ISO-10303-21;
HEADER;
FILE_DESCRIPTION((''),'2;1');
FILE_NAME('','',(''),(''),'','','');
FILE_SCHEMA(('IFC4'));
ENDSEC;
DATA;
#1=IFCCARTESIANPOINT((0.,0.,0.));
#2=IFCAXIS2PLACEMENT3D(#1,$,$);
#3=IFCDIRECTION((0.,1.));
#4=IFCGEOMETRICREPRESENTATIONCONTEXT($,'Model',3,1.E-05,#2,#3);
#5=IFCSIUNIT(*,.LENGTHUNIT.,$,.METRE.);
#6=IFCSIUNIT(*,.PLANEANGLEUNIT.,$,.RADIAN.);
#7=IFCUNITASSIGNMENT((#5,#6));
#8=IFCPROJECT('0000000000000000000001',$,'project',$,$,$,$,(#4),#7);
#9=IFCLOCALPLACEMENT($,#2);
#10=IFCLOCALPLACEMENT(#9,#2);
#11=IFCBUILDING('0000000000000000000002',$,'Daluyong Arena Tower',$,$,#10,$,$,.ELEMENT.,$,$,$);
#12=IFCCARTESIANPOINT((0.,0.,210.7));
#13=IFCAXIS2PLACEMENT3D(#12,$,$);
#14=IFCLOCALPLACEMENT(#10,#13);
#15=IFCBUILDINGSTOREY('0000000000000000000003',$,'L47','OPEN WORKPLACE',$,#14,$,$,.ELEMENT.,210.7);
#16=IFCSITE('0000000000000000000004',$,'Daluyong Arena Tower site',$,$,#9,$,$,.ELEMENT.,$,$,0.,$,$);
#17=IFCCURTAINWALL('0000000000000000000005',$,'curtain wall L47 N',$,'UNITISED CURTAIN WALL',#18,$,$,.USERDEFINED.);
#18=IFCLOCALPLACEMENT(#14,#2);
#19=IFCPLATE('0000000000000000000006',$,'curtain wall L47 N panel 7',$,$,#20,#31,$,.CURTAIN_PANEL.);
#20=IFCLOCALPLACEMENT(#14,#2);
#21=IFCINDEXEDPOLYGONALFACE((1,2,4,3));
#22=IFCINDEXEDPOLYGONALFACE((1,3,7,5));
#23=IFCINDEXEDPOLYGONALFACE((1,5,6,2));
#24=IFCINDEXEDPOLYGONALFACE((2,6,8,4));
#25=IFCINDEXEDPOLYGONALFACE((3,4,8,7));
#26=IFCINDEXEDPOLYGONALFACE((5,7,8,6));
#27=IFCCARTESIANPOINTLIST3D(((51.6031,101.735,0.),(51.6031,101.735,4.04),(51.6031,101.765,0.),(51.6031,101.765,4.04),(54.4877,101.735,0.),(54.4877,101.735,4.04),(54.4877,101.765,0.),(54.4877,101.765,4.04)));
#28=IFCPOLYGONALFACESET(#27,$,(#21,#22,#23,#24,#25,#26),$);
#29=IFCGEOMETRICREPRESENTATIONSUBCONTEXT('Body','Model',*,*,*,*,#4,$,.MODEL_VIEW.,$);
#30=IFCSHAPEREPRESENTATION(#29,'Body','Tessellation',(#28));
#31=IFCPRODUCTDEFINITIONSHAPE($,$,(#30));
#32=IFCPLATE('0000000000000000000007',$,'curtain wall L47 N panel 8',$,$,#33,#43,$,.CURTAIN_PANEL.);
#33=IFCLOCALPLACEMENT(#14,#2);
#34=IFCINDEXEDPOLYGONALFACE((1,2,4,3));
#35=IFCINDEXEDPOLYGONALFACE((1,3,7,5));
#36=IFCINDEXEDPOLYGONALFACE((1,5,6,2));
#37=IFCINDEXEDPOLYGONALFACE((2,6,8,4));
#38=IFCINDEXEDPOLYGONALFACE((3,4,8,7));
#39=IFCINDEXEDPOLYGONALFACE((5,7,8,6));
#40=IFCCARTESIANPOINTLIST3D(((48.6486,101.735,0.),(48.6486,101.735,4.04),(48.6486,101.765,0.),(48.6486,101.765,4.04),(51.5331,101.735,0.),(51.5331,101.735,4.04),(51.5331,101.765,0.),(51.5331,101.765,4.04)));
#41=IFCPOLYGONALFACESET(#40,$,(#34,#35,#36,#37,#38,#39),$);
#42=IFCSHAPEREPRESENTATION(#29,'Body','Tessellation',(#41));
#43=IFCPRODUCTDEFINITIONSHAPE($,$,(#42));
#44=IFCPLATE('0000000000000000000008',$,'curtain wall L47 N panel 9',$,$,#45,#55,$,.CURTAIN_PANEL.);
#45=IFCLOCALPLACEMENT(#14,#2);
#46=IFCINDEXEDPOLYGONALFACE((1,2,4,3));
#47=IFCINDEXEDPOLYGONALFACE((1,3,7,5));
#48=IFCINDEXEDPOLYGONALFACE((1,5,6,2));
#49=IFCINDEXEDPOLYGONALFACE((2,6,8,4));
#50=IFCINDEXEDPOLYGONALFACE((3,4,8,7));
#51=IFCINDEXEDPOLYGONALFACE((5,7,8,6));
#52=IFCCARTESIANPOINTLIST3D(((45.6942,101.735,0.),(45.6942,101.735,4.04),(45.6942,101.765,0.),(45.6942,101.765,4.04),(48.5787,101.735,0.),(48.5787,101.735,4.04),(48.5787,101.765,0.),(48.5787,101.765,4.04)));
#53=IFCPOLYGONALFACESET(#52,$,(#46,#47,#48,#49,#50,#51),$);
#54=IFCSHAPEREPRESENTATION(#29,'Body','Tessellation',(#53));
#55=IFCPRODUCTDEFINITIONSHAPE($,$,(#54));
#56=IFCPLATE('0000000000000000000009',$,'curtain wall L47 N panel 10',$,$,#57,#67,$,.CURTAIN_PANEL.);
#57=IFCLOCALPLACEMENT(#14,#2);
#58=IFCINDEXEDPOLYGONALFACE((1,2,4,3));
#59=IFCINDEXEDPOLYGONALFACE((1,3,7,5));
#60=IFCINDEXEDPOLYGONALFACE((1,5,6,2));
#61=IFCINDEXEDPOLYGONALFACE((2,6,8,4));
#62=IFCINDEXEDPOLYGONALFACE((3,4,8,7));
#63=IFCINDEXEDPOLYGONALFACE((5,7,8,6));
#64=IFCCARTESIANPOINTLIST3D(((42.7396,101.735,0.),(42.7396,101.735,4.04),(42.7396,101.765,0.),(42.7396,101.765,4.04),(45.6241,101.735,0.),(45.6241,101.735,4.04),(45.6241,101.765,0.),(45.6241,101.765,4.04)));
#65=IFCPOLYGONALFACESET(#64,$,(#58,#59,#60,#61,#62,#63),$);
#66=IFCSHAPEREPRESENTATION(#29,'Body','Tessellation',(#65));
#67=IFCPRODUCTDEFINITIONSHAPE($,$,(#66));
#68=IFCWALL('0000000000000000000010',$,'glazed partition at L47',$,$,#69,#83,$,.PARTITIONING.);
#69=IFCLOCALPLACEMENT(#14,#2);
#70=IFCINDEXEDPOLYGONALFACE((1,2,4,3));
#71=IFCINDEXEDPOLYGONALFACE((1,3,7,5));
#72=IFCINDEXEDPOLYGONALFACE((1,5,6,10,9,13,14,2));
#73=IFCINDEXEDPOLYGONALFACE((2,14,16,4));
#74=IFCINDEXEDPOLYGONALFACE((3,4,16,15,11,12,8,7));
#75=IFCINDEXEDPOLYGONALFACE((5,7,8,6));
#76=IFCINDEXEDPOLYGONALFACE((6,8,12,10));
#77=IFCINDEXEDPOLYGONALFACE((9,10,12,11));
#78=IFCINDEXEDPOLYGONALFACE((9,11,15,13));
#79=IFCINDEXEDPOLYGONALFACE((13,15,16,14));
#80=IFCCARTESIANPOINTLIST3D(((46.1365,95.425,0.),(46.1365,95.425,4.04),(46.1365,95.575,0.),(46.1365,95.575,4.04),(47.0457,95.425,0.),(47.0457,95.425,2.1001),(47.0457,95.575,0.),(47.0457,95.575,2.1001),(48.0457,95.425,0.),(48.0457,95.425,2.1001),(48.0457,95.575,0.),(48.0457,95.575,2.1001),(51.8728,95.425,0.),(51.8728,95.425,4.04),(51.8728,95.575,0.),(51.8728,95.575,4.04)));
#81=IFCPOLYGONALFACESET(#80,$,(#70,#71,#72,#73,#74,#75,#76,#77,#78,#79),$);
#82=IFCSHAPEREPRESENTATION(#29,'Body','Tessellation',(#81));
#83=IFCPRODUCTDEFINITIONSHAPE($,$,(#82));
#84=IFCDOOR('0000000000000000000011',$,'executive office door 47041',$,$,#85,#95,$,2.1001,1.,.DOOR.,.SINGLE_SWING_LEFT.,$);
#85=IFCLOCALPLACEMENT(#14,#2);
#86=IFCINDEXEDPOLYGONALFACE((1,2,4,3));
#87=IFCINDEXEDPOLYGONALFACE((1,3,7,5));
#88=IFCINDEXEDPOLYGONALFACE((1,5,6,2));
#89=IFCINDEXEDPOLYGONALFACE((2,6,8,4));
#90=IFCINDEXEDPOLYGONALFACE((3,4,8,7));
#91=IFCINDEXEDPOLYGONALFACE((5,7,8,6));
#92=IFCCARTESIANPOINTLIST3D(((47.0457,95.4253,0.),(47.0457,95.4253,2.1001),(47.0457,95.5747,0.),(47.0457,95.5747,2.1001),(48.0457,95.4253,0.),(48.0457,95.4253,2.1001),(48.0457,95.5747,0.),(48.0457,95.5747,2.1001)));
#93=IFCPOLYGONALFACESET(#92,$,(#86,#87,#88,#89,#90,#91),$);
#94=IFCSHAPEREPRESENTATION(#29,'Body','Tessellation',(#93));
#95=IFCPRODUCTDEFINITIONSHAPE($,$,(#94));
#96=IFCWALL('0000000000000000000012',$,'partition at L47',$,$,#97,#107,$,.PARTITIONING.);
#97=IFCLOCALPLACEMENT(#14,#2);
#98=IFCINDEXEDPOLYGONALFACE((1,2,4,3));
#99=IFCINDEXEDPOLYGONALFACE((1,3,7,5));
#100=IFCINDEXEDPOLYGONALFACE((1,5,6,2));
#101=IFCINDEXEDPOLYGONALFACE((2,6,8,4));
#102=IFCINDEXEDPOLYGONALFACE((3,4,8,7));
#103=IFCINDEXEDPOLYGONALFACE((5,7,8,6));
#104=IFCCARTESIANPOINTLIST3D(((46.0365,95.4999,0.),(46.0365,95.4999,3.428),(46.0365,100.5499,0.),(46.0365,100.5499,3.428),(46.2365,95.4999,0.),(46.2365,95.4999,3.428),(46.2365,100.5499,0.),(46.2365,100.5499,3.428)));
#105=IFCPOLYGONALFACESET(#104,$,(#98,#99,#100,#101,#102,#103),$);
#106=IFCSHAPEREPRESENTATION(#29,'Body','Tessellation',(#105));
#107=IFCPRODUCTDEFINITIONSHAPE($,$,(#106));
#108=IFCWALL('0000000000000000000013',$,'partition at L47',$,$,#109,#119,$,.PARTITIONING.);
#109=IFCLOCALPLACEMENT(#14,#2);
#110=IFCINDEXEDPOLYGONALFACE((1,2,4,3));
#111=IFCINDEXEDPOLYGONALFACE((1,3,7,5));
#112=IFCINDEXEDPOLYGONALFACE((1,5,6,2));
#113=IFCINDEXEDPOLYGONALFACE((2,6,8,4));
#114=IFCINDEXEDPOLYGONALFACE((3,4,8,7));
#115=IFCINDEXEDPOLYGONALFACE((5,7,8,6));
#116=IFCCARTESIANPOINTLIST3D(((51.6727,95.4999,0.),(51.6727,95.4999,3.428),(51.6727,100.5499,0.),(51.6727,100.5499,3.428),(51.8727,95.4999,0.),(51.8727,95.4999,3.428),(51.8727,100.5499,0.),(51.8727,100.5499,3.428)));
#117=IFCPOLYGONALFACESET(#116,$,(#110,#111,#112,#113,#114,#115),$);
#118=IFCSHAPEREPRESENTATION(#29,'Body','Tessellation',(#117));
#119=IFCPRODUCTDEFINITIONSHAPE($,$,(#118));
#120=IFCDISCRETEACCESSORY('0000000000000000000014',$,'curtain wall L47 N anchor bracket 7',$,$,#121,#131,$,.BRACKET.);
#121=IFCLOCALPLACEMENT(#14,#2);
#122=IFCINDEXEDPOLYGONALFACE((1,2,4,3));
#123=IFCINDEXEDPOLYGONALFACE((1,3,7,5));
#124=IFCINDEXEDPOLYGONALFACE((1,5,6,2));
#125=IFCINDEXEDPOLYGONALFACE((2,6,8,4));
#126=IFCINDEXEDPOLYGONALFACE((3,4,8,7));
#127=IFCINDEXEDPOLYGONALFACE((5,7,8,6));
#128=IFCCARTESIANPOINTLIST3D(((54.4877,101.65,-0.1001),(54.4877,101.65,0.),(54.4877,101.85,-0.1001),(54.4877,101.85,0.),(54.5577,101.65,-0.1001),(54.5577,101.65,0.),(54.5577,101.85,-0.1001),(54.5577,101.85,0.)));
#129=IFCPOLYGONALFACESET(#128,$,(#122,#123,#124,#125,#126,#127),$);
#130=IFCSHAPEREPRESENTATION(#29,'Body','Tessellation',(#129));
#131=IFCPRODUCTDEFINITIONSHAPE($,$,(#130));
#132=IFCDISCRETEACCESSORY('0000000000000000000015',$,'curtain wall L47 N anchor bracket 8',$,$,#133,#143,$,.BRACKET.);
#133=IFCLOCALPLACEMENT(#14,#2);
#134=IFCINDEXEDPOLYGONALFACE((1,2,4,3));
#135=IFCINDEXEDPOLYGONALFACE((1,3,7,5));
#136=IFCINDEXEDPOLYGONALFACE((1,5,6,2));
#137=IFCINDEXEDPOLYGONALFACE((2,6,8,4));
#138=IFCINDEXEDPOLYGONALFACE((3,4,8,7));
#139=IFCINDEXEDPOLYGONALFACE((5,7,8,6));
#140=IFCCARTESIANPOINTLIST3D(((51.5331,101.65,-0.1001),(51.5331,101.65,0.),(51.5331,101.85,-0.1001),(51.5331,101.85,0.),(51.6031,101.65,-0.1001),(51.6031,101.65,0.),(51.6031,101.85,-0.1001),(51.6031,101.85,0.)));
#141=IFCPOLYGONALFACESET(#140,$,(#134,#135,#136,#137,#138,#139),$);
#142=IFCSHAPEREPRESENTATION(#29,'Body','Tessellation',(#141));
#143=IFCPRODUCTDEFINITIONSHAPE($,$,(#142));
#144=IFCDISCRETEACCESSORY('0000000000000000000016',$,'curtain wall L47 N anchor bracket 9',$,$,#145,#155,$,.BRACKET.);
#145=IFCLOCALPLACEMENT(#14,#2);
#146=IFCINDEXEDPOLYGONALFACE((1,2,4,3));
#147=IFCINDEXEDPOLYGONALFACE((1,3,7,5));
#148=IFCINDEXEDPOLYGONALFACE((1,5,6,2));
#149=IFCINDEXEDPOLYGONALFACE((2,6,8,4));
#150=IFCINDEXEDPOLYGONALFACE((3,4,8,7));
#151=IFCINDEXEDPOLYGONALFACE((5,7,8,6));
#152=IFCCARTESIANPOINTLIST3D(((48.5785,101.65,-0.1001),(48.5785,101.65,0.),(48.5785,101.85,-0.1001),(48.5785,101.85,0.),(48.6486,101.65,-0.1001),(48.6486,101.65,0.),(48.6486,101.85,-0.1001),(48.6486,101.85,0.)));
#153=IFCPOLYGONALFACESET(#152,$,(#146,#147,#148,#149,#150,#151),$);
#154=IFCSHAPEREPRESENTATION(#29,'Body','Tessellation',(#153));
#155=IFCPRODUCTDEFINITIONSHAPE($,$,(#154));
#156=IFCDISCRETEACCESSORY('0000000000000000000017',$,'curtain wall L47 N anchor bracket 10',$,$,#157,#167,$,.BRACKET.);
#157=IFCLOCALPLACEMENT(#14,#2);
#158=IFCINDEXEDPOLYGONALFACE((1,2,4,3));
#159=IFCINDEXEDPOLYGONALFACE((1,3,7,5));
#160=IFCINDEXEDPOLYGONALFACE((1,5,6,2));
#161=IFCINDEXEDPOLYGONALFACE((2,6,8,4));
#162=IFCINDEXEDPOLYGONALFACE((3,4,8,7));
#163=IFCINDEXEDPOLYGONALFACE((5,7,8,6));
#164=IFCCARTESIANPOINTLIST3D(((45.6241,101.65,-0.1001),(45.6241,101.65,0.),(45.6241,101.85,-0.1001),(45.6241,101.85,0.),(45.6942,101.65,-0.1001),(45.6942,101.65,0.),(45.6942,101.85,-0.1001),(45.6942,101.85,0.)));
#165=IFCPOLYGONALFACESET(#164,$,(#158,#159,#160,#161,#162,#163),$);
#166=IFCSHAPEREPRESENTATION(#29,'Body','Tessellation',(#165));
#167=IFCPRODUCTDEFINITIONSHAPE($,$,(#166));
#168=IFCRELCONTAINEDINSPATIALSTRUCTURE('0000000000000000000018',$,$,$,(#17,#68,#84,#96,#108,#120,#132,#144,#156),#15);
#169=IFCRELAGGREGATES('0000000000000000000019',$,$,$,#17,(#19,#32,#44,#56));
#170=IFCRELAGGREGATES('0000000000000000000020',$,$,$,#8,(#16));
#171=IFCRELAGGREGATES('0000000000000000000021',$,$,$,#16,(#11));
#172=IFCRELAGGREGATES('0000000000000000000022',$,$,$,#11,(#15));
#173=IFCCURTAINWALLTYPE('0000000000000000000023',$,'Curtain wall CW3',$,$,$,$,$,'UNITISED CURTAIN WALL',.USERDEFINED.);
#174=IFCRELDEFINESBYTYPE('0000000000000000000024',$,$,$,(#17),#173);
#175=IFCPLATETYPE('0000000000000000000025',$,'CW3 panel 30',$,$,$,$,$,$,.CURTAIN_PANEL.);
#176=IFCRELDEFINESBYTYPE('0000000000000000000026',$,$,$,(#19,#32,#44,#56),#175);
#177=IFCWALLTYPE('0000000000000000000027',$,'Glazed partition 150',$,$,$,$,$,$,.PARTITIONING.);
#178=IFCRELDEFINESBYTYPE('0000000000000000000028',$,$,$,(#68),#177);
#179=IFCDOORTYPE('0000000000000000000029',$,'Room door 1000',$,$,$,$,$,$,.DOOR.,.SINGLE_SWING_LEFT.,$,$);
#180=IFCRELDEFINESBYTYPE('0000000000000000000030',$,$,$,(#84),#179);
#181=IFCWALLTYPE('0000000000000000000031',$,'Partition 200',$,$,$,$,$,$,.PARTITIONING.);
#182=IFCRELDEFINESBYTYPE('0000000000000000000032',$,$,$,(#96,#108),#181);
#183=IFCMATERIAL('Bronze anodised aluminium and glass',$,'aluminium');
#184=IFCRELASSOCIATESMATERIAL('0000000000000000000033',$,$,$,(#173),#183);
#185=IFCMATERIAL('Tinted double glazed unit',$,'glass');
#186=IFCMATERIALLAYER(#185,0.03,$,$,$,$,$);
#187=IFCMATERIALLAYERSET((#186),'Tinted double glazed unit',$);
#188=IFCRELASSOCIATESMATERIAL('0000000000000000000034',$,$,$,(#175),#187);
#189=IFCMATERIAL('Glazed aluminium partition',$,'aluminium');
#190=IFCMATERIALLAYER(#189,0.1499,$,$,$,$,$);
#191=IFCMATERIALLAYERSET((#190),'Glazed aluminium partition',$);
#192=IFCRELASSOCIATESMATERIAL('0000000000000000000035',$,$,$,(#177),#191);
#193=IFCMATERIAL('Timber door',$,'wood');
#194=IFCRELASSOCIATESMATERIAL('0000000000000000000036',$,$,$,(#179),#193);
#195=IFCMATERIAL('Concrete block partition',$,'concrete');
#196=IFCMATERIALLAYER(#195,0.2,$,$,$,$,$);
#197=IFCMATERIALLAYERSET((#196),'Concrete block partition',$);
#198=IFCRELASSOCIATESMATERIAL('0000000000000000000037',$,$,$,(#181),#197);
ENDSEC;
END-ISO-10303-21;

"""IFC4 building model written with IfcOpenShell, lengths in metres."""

from ifc_helpers import new_model, si_unit, direction, frame, frame_2d, origin, origin_2d, place, context, subcontext, project, spatial, rectangle, extrude, material, layer, layer_set, type_object, element, fill, aggregate, save


model = new_model("IFC4")

# Units and contexts
model_context = context("Model", 3, precision=1e-05, world=origin(), true_north=direction((0.0, 1.0)))
body_context = subcontext(model_context, "Body", "Model", "MODEL_VIEW")
ifc_project = project(units=[si_unit("LENGTHUNIT", "METRE"), si_unit("PLANEANGLEUNIT", "RADIAN")], contexts=[model_context])

# Site, building, storey
site_placement = place(None, origin())
site = spatial("IfcSite", under=ifc_project, at=site_placement, Name="Daluyong Arena Tower site", CompositionType="ELEMENT", RefElevation=0.0)
building_placement = place(site_placement, origin())
building = spatial("IfcBuilding", under=site, at=building_placement, Name="Daluyong Arena Tower", CompositionType="ELEMENT")
storey_placement = place(building_placement, frame((0.0, 0.0, 210.7)))
storey = spatial("IfcBuildingStorey", under=building, at=storey_placement, Name="L47", Description="OPEN WORKPLACE", CompositionType="ELEMENT", Elevation=210.7)

# Curtain wall
ifc_material_1 = material(Name="Bronze anodised aluminium and glass", Category="aluminium")
curtain_wall_type = type_object("IfcCurtainWallType", Name="Curtain wall CW3", ElementType="UNITISED CURTAIN WALL", PredefinedType="USERDEFINED", material=ifc_material_1)
curtain_wall_placement = place(storey_placement, origin())
curtain_wall = element("IfcCurtainWall", 1, at=curtain_wall_placement, inside=storey, type_object=curtain_wall_type, Name="curtain wall L47 N", ObjectType="UNITISED CURTAIN WALL", PredefinedType="USERDEFINED")

# Plates
ifc_material_2 = material(Name="Tinted double glazed unit", Category="glass")
ifc_layer_1 = layer(ifc_material_2, 0.03)
ifc_layer_set_1 = layer_set([ifc_layer_1], Name="Tinted double glazed unit")
plate_type = type_object("IfcPlateType", Name="CW3 panel 30", PredefinedType="CURTAIN_PANEL", material=ifc_layer_set_1)
plate_1_placement = place(storey_placement, frame((53.0454, 101.75, 0.0), z_axis=(0.0, 0.0, 1.0), x_axis=(-1.0, 0.0, 0.0)))
plate_1 = element("IfcPlate", 2, at=plate_1_placement, type_object=plate_type, Name="curtain wall L47 N panel 7", PredefinedType="CURTAIN_PANEL", context=body_context, shape_type="SweptSolid", body=[
    extrude(rectangle(XDim=2.8845, YDim=0.03, at=origin_2d()), origin(), (0.0, 0.0, 1.0), 4.04),
])
plate_2_placement = place(storey_placement, frame((50.0908, 101.75, 0.0), z_axis=(0.0, 0.0, 1.0), x_axis=(-1.0, 0.0, 0.0)))
plate_2 = element("IfcPlate", 3, at=plate_2_placement, type_object=plate_type, Name="curtain wall L47 N panel 8", PredefinedType="CURTAIN_PANEL", context=body_context, shape_type="SweptSolid", body=[
    extrude(rectangle(XDim=2.8845, YDim=0.03, at=origin_2d()), origin(), (0.0, 0.0, 1.0), 4.04),
])
plate_3_placement = place(storey_placement, frame((47.1365, 101.75, 0.0), z_axis=(0.0, 0.0, 1.0), x_axis=(-1.0, 0.0, 0.0)))
plate_3 = element("IfcPlate", 4, at=plate_3_placement, type_object=plate_type, Name="curtain wall L47 N panel 9", PredefinedType="CURTAIN_PANEL", context=body_context, shape_type="SweptSolid", body=[
    extrude(rectangle(XDim=2.8845, YDim=0.03, at=origin_2d()), origin(), (0.0, 0.0, 1.0), 4.04),
])
plate_4_placement = place(storey_placement, frame((44.1819, 101.75, 0.0), z_axis=(0.0, 0.0, 1.0), x_axis=(-1.0, 0.0, 0.0)))
plate_4 = element("IfcPlate", 5, at=plate_4_placement, type_object=plate_type, Name="curtain wall L47 N panel 10", PredefinedType="CURTAIN_PANEL", context=body_context, shape_type="SweptSolid", body=[
    extrude(rectangle(XDim=2.8845, YDim=0.03, at=origin_2d()), origin(), (0.0, 0.0, 1.0), 4.04),
])
aggregate(curtain_wall, [plate_1, plate_2, plate_3, plate_4])

# Wall, opening, door
ifc_material_3 = material(Name="Glazed aluminium partition", Category="aluminium")
ifc_layer_2 = layer(ifc_material_3, 0.1499)
ifc_layer_set_2 = layer_set([ifc_layer_2], Name="Glazed aluminium partition")
wall_type_1 = type_object("IfcWallType", Name="Glazed partition 150", PredefinedType="PARTITIONING", material=ifc_layer_set_2)
wall_placement = place(storey_placement, frame((46.1365, 95.5, 0.0), z_axis=(0.0, 0.0, 1.0), x_axis=(1.0, 0.0, 0.0)))
wall = element("IfcWall", 6, at=wall_placement, inside=storey, type_object=wall_type_1, Name="glazed partition at L47", PredefinedType="PARTITIONING", context=body_context, shape_type="SweptSolid", body=[
    extrude(rectangle(XDim=5.7363, YDim=0.1499, at=frame_2d((2.8682, 0.0))), origin(), (0.0, 0.0, 1.0), 4.04),
])
opening_placement = place(wall_placement, frame((0.9092, 0.0, 0.0)))
opening = element("IfcOpeningElement", 7, at=opening_placement, cuts=wall, PredefinedType="OPENING", context=body_context, shape_type="SweptSolid", body=[
    extrude(rectangle(XDim=1.0, YDim=2.1001, at=frame_2d((0.5, 1.05))), frame((0.0, 0.085, 0.0), z_axis=(0.0, -1.0, 0.0), x_axis=(1.0, 0.0, 0.0)), (0.0, 0.0, 1.0), 0.1699),
])
ifc_material_4 = material(Name="Timber door", Category="wood")
door_type = type_object("IfcDoorType", Name="Room door 1000", OperationType="SINGLE_SWING_LEFT", PredefinedType="DOOR", material=ifc_material_4)
door_placement = place(opening_placement, origin())
door = element("IfcDoor", 8, at=door_placement, inside=storey, type_object=door_type, Name="executive office door 47041", OperationType="SINGLE_SWING_LEFT", OverallHeight=2.1001, OverallWidth=1.0, PredefinedType="DOOR", context=body_context, shape_type="SweptSolid", body=[
    extrude(rectangle(XDim=1.0, YDim=2.1001, at=frame_2d((0.5, 1.05))), frame((0.0, 0.0747, 0.0), z_axis=(0.0, -1.0, 0.0), x_axis=(1.0, 0.0, 0.0)), (0.0, 0.0, 1.0), 0.1494),
])
fill(opening, door)

# Walls
ifc_material_5 = material(Name="Concrete block partition", Category="concrete")
ifc_layer_3 = layer(ifc_material_5, 0.2)
ifc_layer_set_3 = layer_set([ifc_layer_3], Name="Concrete block partition")
wall_type_2 = type_object("IfcWallType", Name="Partition 200", PredefinedType="PARTITIONING", material=ifc_layer_set_3)
for number, where, z_axis, x_axis, name in (
    (9, (46.1365, 95.5, 0.0), (0.0, 0.0, 1.0), (0.0, 1.0, 0.0), "partition at L47"),
    (10, (51.7727, 95.5, 0.0), (0.0, 0.0, 1.0), (0.0, 1.0, 0.0), "partition at L47"),
):
    element("IfcWall", number, at=place(storey_placement, frame(where, z_axis=z_axis, x_axis=x_axis)), inside=storey, type_object=wall_type_2, Name=name, PredefinedType="PARTITIONING", context=body_context, shape_type="SweptSolid", body=[
        extrude(rectangle(XDim=5.05, YDim=0.2, at=frame_2d((2.5249, 0.0))), origin(), (0.0, 0.0, 1.0), 3.428),
    ])

# Discrete accessories
for number, where, z_axis, x_axis, name in (
    (11, (54.5227, 101.75, -0.1001), (0.0, 0.0, 1.0), (-1.0, 0.0, 0.0), "curtain wall L47 N anchor bracket 7"),
    (12, (51.5681, 101.75, -0.1001), (0.0, 0.0, 1.0), (-1.0, 0.0, 0.0), "curtain wall L47 N anchor bracket 8"),
    (13, (48.6135, 101.75, -0.1001), (0.0, 0.0, 1.0), (-1.0, 0.0, 0.0), "curtain wall L47 N anchor bracket 9"),
    (14, (45.6592, 101.75, -0.1001), (0.0, 0.0, 1.0), (-1.0, 0.0, 0.0), "curtain wall L47 N anchor bracket 10"),
):
    element("IfcDiscreteAccessory", number, at=place(storey_placement, frame(where, z_axis=z_axis, x_axis=x_axis)), inside=storey, Name=name, PredefinedType="BRACKET", context=body_context, shape_type="SweptSolid", body=[
        extrude(rectangle(XDim=0.0701, YDim=0.2, at=origin_2d()), origin(), (0.0, 0.0, 1.0), 0.1001),
    ])

save(model, "model.ifc")
